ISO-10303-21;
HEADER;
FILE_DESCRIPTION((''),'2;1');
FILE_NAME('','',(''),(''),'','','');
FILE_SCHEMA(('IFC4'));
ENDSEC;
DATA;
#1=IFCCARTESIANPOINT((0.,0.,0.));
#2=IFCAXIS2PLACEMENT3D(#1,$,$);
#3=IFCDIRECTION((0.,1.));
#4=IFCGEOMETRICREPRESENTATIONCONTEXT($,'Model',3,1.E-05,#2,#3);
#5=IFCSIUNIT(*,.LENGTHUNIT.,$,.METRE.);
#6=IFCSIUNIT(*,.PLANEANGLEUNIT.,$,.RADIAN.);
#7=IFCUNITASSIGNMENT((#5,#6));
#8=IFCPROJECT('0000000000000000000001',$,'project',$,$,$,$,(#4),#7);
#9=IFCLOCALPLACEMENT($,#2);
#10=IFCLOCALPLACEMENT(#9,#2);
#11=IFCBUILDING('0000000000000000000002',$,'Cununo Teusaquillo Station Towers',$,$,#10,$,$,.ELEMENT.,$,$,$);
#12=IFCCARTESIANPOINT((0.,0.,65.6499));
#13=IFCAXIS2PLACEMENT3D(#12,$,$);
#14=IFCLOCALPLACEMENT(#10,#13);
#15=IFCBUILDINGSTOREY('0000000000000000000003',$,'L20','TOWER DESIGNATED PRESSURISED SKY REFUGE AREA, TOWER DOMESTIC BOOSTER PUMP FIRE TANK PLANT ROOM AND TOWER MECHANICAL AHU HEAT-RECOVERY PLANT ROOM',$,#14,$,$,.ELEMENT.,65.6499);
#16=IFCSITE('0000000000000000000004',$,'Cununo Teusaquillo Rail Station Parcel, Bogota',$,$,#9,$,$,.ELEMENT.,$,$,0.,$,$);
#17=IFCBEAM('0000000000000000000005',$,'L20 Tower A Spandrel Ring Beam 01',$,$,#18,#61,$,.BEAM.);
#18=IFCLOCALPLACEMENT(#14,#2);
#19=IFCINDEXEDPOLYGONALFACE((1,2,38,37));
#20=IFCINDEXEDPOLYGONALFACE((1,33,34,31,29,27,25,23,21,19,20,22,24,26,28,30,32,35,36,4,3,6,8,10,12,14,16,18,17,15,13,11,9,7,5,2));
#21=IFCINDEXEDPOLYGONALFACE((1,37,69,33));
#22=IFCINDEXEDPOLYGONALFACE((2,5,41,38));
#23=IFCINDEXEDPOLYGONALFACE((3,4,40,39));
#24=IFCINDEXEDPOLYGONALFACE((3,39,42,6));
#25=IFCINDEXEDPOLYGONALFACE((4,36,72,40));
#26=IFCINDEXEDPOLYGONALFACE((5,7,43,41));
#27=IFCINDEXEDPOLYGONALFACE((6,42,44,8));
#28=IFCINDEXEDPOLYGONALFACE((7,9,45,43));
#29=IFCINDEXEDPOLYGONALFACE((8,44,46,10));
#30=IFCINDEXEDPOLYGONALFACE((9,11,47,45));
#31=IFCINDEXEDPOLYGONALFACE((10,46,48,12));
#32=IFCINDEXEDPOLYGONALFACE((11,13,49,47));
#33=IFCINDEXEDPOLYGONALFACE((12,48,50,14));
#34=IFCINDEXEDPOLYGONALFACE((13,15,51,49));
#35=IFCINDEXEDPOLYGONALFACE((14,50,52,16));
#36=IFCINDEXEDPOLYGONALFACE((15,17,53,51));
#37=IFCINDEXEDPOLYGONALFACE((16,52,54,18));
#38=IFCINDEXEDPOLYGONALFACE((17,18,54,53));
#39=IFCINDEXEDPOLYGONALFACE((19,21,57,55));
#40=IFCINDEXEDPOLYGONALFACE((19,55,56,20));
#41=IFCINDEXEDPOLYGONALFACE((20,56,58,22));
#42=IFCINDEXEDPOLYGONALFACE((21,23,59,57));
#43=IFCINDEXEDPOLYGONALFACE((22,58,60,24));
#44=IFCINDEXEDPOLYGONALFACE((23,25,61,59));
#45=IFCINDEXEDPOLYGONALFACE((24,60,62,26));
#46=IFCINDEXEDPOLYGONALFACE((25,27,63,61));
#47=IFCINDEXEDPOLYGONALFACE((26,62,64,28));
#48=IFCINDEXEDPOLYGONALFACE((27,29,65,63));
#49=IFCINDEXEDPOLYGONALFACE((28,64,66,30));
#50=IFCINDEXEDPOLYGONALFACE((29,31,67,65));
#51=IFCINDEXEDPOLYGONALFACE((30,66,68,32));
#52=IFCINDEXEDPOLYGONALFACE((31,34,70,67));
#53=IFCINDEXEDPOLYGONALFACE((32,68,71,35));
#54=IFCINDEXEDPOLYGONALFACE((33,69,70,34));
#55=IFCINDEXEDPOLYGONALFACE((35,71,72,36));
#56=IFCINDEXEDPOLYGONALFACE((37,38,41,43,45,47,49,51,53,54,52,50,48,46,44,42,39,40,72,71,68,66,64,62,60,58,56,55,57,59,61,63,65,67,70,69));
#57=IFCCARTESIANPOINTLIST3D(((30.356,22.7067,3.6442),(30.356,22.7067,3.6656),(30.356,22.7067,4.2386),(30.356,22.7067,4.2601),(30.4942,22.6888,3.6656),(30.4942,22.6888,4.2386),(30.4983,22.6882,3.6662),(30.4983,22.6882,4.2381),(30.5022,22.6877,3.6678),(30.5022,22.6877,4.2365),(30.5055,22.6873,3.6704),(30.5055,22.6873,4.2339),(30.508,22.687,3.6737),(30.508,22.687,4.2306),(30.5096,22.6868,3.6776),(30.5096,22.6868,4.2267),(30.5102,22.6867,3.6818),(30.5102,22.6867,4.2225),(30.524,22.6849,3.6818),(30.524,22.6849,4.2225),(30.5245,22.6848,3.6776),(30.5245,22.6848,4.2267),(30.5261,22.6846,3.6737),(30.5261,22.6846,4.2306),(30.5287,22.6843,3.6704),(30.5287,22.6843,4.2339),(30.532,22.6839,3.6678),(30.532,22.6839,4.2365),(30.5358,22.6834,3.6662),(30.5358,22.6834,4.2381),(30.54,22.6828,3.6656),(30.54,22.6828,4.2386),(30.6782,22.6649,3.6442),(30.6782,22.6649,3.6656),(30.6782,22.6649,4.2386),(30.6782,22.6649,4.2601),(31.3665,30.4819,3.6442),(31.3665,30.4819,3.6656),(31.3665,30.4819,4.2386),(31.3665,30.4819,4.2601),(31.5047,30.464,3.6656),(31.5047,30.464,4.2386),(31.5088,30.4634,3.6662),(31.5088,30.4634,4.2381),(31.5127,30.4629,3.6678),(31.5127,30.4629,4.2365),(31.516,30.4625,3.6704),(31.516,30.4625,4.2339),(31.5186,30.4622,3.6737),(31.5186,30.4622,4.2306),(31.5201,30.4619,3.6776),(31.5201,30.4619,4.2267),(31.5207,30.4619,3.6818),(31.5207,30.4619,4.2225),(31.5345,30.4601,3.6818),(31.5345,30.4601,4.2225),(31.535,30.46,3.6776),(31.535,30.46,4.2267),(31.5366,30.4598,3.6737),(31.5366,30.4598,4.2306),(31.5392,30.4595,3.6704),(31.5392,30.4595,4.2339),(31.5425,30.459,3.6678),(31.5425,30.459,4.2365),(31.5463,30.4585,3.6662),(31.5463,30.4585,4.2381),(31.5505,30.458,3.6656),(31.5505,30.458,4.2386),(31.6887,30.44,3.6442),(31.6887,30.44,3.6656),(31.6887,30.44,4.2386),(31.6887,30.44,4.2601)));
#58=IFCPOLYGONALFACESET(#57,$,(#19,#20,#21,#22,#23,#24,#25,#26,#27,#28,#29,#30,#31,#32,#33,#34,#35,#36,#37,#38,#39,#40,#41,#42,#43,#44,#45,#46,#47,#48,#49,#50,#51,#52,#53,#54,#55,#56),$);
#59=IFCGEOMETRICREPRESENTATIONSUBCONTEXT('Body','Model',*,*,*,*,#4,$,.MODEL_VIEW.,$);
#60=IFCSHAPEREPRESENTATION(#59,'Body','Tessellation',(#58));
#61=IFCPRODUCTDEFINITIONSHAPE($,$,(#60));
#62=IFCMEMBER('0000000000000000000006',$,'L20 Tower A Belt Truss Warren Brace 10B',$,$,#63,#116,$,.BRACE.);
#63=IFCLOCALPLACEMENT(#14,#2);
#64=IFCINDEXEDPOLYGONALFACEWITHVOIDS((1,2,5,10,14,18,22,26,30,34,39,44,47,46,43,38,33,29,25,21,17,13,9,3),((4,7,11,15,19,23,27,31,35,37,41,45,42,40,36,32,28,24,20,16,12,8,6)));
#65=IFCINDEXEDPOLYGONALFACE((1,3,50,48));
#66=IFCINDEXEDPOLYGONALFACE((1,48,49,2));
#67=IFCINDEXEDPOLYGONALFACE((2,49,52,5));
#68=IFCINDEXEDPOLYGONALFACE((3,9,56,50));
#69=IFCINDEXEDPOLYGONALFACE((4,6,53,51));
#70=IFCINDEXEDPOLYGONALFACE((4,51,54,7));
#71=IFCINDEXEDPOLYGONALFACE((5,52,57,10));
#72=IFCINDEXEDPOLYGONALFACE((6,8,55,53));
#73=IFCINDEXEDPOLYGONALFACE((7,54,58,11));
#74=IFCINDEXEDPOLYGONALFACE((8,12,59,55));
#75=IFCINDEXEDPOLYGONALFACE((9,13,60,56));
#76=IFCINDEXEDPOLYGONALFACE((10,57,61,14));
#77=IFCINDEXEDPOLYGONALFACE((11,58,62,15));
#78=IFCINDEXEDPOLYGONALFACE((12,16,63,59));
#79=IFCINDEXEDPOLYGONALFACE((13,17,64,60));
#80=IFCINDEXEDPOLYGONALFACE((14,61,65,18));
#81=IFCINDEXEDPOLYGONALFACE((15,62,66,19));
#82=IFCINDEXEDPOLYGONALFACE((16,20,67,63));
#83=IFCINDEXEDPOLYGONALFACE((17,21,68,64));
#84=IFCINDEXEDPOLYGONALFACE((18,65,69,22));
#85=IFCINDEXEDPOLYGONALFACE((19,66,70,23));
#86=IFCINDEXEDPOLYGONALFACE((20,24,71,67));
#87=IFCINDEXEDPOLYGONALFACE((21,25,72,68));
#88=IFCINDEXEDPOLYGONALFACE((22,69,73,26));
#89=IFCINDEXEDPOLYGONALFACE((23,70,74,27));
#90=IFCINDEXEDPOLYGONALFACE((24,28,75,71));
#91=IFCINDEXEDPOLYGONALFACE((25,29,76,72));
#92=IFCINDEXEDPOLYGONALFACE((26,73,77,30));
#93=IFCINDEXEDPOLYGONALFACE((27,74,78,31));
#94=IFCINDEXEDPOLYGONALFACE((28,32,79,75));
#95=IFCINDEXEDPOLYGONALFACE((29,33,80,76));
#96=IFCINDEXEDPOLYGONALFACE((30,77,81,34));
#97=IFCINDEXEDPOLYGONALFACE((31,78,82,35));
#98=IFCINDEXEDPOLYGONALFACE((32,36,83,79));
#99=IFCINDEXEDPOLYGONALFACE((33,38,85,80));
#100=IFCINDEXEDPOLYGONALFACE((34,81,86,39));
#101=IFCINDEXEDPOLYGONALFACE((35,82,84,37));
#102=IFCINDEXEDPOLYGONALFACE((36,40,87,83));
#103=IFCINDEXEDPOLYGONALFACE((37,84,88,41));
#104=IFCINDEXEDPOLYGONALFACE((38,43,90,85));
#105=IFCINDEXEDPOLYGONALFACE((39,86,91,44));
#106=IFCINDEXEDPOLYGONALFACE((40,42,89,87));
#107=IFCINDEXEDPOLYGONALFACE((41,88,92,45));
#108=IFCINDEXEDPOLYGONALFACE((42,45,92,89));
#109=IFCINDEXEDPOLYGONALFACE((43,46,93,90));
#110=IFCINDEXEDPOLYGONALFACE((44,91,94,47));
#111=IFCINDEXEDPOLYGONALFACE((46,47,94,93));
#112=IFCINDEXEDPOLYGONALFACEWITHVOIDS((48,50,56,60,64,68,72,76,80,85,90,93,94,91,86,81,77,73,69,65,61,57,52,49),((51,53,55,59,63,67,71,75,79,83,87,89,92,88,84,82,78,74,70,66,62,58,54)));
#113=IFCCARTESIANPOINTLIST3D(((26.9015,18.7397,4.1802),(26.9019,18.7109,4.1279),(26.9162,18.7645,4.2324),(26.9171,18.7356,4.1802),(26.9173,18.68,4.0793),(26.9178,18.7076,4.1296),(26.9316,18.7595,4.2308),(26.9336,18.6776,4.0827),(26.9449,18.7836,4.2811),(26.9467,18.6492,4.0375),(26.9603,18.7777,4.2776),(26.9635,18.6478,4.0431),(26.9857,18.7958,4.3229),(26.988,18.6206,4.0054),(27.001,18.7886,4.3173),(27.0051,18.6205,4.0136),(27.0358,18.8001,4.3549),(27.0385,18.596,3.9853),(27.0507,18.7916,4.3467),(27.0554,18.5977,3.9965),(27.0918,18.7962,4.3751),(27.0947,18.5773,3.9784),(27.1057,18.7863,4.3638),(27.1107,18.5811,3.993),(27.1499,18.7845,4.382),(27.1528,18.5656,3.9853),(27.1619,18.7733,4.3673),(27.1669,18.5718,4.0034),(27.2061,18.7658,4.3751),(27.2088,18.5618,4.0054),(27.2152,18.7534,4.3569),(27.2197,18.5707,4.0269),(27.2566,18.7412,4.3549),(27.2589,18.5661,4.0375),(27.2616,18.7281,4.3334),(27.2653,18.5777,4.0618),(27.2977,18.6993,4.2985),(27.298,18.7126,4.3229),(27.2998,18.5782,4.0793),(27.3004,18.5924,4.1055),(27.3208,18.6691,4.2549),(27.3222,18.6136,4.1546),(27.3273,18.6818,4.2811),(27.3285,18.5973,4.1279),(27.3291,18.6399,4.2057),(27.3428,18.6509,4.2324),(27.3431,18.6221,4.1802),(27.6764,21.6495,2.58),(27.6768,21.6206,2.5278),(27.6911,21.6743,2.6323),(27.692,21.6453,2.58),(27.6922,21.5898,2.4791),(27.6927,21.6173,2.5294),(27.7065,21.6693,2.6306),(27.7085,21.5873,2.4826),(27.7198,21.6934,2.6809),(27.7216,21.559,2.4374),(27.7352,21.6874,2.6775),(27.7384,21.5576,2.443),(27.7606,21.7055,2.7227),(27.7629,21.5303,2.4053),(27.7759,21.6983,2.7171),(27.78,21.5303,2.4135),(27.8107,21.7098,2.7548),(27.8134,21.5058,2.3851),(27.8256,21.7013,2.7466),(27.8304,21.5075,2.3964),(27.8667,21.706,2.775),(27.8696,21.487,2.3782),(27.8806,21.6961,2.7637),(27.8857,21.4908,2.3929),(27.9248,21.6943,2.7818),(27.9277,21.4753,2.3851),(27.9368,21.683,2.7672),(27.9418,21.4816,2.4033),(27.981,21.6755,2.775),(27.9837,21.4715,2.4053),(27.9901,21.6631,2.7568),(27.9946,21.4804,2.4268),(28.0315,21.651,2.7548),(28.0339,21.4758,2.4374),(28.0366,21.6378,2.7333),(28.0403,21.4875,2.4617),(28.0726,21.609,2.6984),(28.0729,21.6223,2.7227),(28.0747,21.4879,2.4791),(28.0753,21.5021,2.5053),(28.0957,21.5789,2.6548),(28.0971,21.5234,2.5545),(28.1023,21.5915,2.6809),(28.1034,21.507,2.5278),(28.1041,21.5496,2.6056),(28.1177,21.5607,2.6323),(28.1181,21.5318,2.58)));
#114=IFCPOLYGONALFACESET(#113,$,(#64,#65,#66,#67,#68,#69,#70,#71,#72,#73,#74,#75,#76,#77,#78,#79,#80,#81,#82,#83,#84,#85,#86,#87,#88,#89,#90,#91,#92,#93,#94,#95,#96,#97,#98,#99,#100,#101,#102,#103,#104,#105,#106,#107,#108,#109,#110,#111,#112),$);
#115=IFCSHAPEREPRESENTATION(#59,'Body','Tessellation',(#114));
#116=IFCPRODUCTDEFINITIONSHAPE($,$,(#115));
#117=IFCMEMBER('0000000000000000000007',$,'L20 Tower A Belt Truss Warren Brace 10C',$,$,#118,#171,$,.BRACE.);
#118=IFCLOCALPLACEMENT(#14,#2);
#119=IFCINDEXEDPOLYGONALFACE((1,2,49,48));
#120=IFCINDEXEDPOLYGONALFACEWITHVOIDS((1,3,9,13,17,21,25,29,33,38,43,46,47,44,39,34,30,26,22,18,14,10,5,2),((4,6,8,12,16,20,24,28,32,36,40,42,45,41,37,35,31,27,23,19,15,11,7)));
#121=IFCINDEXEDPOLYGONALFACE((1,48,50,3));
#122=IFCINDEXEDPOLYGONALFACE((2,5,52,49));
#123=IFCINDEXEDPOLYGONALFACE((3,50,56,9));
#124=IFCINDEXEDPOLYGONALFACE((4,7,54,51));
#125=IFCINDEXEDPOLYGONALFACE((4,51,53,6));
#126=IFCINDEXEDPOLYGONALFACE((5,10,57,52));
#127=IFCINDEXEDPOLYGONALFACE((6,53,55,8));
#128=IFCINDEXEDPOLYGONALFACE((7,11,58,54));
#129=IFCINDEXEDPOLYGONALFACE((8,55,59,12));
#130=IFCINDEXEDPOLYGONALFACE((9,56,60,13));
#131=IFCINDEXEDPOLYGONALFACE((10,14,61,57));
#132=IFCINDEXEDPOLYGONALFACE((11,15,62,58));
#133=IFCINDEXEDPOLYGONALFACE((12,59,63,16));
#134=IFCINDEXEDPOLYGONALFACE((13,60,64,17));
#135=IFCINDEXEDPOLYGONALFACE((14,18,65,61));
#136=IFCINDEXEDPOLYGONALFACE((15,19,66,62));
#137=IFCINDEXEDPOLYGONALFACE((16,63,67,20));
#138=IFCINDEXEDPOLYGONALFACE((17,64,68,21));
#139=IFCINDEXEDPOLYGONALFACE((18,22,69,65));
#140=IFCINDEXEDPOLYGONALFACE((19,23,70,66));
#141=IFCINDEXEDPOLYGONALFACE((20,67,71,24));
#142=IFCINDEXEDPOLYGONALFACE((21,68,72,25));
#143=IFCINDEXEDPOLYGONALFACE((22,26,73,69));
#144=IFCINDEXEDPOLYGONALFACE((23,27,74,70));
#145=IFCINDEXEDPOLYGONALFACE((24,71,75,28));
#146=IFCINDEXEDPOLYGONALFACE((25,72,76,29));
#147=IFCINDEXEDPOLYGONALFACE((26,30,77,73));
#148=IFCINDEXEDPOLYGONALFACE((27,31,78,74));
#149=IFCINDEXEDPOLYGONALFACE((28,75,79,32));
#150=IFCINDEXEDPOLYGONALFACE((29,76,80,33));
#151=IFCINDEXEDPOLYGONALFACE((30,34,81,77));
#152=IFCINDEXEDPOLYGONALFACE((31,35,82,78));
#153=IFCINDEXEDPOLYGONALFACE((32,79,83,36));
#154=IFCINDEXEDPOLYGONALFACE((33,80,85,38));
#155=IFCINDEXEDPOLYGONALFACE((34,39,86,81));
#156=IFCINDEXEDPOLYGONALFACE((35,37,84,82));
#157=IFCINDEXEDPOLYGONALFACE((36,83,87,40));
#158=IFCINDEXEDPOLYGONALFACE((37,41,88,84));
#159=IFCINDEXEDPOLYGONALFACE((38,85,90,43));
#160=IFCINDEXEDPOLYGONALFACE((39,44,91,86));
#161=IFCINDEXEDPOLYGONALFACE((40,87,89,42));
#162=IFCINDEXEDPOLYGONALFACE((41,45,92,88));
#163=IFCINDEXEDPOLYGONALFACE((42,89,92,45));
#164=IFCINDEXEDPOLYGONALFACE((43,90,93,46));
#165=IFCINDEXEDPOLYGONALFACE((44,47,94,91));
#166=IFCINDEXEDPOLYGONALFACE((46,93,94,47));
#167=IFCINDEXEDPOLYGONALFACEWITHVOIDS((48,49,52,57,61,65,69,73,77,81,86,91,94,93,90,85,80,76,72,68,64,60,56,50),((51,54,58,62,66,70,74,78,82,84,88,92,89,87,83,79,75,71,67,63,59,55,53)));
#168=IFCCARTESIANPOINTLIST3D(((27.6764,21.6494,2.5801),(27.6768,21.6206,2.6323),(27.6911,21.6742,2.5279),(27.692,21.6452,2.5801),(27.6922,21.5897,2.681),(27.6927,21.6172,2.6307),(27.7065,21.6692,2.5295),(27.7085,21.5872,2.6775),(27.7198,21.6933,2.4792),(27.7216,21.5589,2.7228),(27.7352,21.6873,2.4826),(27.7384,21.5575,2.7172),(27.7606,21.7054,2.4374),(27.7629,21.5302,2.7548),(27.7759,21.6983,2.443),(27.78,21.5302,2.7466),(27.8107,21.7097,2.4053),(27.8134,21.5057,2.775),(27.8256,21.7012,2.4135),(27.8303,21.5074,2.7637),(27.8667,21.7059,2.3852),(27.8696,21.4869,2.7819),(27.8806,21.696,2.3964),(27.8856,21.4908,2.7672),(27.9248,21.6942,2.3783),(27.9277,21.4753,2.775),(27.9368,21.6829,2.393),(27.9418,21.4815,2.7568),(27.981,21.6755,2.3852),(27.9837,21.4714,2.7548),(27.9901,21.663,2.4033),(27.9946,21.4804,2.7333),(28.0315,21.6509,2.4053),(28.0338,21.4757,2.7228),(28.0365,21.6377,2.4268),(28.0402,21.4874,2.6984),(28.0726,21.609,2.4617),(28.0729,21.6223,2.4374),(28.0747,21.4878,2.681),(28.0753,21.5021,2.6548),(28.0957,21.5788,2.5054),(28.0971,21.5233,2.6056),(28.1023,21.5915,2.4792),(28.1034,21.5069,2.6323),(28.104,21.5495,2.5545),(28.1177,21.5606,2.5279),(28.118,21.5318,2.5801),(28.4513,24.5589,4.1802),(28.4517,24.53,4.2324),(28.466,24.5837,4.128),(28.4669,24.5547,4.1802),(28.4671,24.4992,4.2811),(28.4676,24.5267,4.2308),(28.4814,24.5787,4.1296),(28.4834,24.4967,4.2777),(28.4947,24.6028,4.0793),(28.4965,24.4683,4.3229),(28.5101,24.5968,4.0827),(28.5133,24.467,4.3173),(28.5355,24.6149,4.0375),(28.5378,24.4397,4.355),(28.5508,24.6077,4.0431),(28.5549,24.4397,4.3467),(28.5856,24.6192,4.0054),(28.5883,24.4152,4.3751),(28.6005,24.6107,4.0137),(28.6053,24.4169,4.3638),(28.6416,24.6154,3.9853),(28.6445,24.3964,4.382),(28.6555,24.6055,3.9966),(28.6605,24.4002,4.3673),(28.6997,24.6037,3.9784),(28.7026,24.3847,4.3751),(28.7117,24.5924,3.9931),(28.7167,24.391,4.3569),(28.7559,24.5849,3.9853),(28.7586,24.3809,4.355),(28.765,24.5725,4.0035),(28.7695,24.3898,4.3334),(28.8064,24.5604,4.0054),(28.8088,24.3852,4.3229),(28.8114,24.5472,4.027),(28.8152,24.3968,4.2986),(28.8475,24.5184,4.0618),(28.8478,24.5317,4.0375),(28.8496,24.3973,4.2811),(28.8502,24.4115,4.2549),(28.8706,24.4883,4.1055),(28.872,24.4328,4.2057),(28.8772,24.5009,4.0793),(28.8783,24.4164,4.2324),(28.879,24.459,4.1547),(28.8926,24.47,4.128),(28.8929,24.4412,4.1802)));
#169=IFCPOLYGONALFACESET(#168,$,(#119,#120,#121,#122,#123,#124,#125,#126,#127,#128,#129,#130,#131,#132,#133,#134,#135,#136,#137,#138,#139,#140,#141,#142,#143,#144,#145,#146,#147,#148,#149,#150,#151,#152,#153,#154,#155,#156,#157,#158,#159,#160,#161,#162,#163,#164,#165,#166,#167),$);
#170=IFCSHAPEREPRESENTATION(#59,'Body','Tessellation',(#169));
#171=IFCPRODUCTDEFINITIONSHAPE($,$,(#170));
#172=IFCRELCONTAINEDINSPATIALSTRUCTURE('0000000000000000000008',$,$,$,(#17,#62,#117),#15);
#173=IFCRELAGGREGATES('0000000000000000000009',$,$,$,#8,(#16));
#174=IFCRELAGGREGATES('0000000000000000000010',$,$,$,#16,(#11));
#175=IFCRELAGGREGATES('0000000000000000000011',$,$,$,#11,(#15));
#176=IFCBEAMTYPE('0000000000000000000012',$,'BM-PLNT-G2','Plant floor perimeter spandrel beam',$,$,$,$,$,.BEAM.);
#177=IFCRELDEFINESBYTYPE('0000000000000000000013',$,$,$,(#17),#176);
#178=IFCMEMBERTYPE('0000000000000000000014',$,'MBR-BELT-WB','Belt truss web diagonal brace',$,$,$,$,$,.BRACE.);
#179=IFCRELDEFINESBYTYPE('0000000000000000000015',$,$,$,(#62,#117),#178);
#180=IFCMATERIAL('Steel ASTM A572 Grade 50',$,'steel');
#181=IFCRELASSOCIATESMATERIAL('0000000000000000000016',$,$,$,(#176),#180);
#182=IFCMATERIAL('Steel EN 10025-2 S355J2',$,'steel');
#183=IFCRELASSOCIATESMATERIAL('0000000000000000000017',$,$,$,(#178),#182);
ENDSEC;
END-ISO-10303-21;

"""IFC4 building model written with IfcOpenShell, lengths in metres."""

from ifc_helpers import new_model, si_unit, direction, frame, origin, origin_2d, place, context, subcontext, project, spatial, hollow_circle, i_section, extrude, material, material_profile, profile_set, type_object, element, save


model = new_model("IFC4")

# Units and contexts
model_context = context("Model", 3, precision=1e-05, world=origin(), true_north=direction((0.0, 1.0)))
body_context = subcontext(model_context, "Body", "Model", "MODEL_VIEW")
ifc_project = project(units=[si_unit("LENGTHUNIT", "METRE"), si_unit("PLANEANGLEUNIT", "RADIAN")], contexts=[model_context])

# Site, building, storey
site_placement = place(None, origin())
site = spatial("IfcSite", under=ifc_project, at=site_placement, Name="Cununo Teusaquillo Rail Station Parcel, Bogota", CompositionType="ELEMENT", RefElevation=0.0)
building_placement = place(site_placement, origin())
building = spatial("IfcBuilding", under=site, at=building_placement, Name="Cununo Teusaquillo Station Towers", CompositionType="ELEMENT")
storey_placement = place(building_placement, frame((0.0, 0.0, 65.6499)))
storey = spatial("IfcBuildingStorey", under=building, at=storey_placement, Name="L20", Description="TOWER DESIGNATED PRESSURISED SKY REFUGE AREA, TOWER DOMESTIC BOOSTER PUMP FIRE TANK PLANT ROOM AND TOWER MECHANICAL AHU HEAT-RECOVERY PLANT ROOM", CompositionType="ELEMENT", Elevation=65.6499)

# Beam
ifc_material_1 = material(Name="Steel ASTM A572 Grade 50", Category="steel")
ifc_material_profile_1 = material_profile(ifc_material_1, i_section(OverallWidth=0.325, OverallDepth=0.616, WebThickness=0.0139, FlangeThickness=0.0215, FilletRadius=0.0161, at=origin_2d()), Name="W24X117")
ifc_profile_set_1 = profile_set([ifc_material_profile_1], Name="Steel ASTM A572 Grade 50")
beam_type_1 = type_object("IfcBeamType", Name="BM-PLNT-G2", Description="Plant floor perimeter spandrel beam", PredefinedType="BEAM", material=ifc_profile_set_1)
beam_1_placement = place(storey_placement, frame((30.5171, 22.6858, 3.9521), z_axis=(0.128881, 0.99166, 0.0), x_axis=(-0.99166, 0.128881, 0.0)))
element("IfcBeam", 1, at=beam_1_placement, inside=storey, type_object=beam_type_1, Name="L20 Tower A Spandrel Ring Beam 01", PredefinedType="BEAM", context=body_context, shape_type="SweptSolid", body=[
    extrude(i_section(OverallWidth=0.325, OverallDepth=0.616, WebThickness=0.0139, FlangeThickness=0.0215, FilletRadius=0.0161, at=origin_2d()), origin(), (0.0, 0.0, 1.0), 7.8406),
])

# Members
ifc_material_2 = material(Name="Steel EN 10025-2 S355J2", Category="steel")
ifc_material_profile_2 = material_profile(ifc_material_2, hollow_circle(Radius=0.2285, WallThickness=0.0161, at=origin_2d()), Name="CHS 457x16")
ifc_profile_set_2 = profile_set([ifc_material_profile_2], Name="Steel EN 10025-2 S355J2")
member_type_1 = type_object("IfcMemberType", Name="MBR-BELT-WB", Description="Belt truss web diagonal brace", PredefinedType="BRACE", material=ifc_profile_set_2)
member_1_placement = place(storey_placement, frame((27.1223, 18.6809, 4.1802), z_axis=(0.227255, 0.853317, -0.46926), x_axis=(-0.966318, 0.25735, 0.0)))
element("IfcMember", 2, at=member_1_placement, inside=storey, type_object=member_type_1, Name="L20 Tower A Belt Truss Warren Brace 10B", PredefinedType="BRACE", context=body_context, shape_type="SweptSolid", body=[
    extrude(hollow_circle(Radius=0.2285, WallThickness=0.0161, at=origin_2d()), origin(), (0.0, 0.0, 1.0), 3.4099),
])
member_2_placement = place(storey_placement, frame((27.8972, 21.5906, 2.5801), z_axis=(0.227269, 0.853298, 0.469289), x_axis=(-0.966313, 0.25737, 0.0)))
element("IfcMember", 3, at=member_2_placement, inside=storey, type_object=member_type_1, Name="L20 Tower A Belt Truss Warren Brace 10C", PredefinedType="BRACE", context=body_context, shape_type="SweptSolid", body=[
    extrude(hollow_circle(Radius=0.2285, WallThickness=0.0161, at=origin_2d()), origin(), (0.0, 0.0, 1.0), 3.4097),
])

save(model, "model.ifc")
